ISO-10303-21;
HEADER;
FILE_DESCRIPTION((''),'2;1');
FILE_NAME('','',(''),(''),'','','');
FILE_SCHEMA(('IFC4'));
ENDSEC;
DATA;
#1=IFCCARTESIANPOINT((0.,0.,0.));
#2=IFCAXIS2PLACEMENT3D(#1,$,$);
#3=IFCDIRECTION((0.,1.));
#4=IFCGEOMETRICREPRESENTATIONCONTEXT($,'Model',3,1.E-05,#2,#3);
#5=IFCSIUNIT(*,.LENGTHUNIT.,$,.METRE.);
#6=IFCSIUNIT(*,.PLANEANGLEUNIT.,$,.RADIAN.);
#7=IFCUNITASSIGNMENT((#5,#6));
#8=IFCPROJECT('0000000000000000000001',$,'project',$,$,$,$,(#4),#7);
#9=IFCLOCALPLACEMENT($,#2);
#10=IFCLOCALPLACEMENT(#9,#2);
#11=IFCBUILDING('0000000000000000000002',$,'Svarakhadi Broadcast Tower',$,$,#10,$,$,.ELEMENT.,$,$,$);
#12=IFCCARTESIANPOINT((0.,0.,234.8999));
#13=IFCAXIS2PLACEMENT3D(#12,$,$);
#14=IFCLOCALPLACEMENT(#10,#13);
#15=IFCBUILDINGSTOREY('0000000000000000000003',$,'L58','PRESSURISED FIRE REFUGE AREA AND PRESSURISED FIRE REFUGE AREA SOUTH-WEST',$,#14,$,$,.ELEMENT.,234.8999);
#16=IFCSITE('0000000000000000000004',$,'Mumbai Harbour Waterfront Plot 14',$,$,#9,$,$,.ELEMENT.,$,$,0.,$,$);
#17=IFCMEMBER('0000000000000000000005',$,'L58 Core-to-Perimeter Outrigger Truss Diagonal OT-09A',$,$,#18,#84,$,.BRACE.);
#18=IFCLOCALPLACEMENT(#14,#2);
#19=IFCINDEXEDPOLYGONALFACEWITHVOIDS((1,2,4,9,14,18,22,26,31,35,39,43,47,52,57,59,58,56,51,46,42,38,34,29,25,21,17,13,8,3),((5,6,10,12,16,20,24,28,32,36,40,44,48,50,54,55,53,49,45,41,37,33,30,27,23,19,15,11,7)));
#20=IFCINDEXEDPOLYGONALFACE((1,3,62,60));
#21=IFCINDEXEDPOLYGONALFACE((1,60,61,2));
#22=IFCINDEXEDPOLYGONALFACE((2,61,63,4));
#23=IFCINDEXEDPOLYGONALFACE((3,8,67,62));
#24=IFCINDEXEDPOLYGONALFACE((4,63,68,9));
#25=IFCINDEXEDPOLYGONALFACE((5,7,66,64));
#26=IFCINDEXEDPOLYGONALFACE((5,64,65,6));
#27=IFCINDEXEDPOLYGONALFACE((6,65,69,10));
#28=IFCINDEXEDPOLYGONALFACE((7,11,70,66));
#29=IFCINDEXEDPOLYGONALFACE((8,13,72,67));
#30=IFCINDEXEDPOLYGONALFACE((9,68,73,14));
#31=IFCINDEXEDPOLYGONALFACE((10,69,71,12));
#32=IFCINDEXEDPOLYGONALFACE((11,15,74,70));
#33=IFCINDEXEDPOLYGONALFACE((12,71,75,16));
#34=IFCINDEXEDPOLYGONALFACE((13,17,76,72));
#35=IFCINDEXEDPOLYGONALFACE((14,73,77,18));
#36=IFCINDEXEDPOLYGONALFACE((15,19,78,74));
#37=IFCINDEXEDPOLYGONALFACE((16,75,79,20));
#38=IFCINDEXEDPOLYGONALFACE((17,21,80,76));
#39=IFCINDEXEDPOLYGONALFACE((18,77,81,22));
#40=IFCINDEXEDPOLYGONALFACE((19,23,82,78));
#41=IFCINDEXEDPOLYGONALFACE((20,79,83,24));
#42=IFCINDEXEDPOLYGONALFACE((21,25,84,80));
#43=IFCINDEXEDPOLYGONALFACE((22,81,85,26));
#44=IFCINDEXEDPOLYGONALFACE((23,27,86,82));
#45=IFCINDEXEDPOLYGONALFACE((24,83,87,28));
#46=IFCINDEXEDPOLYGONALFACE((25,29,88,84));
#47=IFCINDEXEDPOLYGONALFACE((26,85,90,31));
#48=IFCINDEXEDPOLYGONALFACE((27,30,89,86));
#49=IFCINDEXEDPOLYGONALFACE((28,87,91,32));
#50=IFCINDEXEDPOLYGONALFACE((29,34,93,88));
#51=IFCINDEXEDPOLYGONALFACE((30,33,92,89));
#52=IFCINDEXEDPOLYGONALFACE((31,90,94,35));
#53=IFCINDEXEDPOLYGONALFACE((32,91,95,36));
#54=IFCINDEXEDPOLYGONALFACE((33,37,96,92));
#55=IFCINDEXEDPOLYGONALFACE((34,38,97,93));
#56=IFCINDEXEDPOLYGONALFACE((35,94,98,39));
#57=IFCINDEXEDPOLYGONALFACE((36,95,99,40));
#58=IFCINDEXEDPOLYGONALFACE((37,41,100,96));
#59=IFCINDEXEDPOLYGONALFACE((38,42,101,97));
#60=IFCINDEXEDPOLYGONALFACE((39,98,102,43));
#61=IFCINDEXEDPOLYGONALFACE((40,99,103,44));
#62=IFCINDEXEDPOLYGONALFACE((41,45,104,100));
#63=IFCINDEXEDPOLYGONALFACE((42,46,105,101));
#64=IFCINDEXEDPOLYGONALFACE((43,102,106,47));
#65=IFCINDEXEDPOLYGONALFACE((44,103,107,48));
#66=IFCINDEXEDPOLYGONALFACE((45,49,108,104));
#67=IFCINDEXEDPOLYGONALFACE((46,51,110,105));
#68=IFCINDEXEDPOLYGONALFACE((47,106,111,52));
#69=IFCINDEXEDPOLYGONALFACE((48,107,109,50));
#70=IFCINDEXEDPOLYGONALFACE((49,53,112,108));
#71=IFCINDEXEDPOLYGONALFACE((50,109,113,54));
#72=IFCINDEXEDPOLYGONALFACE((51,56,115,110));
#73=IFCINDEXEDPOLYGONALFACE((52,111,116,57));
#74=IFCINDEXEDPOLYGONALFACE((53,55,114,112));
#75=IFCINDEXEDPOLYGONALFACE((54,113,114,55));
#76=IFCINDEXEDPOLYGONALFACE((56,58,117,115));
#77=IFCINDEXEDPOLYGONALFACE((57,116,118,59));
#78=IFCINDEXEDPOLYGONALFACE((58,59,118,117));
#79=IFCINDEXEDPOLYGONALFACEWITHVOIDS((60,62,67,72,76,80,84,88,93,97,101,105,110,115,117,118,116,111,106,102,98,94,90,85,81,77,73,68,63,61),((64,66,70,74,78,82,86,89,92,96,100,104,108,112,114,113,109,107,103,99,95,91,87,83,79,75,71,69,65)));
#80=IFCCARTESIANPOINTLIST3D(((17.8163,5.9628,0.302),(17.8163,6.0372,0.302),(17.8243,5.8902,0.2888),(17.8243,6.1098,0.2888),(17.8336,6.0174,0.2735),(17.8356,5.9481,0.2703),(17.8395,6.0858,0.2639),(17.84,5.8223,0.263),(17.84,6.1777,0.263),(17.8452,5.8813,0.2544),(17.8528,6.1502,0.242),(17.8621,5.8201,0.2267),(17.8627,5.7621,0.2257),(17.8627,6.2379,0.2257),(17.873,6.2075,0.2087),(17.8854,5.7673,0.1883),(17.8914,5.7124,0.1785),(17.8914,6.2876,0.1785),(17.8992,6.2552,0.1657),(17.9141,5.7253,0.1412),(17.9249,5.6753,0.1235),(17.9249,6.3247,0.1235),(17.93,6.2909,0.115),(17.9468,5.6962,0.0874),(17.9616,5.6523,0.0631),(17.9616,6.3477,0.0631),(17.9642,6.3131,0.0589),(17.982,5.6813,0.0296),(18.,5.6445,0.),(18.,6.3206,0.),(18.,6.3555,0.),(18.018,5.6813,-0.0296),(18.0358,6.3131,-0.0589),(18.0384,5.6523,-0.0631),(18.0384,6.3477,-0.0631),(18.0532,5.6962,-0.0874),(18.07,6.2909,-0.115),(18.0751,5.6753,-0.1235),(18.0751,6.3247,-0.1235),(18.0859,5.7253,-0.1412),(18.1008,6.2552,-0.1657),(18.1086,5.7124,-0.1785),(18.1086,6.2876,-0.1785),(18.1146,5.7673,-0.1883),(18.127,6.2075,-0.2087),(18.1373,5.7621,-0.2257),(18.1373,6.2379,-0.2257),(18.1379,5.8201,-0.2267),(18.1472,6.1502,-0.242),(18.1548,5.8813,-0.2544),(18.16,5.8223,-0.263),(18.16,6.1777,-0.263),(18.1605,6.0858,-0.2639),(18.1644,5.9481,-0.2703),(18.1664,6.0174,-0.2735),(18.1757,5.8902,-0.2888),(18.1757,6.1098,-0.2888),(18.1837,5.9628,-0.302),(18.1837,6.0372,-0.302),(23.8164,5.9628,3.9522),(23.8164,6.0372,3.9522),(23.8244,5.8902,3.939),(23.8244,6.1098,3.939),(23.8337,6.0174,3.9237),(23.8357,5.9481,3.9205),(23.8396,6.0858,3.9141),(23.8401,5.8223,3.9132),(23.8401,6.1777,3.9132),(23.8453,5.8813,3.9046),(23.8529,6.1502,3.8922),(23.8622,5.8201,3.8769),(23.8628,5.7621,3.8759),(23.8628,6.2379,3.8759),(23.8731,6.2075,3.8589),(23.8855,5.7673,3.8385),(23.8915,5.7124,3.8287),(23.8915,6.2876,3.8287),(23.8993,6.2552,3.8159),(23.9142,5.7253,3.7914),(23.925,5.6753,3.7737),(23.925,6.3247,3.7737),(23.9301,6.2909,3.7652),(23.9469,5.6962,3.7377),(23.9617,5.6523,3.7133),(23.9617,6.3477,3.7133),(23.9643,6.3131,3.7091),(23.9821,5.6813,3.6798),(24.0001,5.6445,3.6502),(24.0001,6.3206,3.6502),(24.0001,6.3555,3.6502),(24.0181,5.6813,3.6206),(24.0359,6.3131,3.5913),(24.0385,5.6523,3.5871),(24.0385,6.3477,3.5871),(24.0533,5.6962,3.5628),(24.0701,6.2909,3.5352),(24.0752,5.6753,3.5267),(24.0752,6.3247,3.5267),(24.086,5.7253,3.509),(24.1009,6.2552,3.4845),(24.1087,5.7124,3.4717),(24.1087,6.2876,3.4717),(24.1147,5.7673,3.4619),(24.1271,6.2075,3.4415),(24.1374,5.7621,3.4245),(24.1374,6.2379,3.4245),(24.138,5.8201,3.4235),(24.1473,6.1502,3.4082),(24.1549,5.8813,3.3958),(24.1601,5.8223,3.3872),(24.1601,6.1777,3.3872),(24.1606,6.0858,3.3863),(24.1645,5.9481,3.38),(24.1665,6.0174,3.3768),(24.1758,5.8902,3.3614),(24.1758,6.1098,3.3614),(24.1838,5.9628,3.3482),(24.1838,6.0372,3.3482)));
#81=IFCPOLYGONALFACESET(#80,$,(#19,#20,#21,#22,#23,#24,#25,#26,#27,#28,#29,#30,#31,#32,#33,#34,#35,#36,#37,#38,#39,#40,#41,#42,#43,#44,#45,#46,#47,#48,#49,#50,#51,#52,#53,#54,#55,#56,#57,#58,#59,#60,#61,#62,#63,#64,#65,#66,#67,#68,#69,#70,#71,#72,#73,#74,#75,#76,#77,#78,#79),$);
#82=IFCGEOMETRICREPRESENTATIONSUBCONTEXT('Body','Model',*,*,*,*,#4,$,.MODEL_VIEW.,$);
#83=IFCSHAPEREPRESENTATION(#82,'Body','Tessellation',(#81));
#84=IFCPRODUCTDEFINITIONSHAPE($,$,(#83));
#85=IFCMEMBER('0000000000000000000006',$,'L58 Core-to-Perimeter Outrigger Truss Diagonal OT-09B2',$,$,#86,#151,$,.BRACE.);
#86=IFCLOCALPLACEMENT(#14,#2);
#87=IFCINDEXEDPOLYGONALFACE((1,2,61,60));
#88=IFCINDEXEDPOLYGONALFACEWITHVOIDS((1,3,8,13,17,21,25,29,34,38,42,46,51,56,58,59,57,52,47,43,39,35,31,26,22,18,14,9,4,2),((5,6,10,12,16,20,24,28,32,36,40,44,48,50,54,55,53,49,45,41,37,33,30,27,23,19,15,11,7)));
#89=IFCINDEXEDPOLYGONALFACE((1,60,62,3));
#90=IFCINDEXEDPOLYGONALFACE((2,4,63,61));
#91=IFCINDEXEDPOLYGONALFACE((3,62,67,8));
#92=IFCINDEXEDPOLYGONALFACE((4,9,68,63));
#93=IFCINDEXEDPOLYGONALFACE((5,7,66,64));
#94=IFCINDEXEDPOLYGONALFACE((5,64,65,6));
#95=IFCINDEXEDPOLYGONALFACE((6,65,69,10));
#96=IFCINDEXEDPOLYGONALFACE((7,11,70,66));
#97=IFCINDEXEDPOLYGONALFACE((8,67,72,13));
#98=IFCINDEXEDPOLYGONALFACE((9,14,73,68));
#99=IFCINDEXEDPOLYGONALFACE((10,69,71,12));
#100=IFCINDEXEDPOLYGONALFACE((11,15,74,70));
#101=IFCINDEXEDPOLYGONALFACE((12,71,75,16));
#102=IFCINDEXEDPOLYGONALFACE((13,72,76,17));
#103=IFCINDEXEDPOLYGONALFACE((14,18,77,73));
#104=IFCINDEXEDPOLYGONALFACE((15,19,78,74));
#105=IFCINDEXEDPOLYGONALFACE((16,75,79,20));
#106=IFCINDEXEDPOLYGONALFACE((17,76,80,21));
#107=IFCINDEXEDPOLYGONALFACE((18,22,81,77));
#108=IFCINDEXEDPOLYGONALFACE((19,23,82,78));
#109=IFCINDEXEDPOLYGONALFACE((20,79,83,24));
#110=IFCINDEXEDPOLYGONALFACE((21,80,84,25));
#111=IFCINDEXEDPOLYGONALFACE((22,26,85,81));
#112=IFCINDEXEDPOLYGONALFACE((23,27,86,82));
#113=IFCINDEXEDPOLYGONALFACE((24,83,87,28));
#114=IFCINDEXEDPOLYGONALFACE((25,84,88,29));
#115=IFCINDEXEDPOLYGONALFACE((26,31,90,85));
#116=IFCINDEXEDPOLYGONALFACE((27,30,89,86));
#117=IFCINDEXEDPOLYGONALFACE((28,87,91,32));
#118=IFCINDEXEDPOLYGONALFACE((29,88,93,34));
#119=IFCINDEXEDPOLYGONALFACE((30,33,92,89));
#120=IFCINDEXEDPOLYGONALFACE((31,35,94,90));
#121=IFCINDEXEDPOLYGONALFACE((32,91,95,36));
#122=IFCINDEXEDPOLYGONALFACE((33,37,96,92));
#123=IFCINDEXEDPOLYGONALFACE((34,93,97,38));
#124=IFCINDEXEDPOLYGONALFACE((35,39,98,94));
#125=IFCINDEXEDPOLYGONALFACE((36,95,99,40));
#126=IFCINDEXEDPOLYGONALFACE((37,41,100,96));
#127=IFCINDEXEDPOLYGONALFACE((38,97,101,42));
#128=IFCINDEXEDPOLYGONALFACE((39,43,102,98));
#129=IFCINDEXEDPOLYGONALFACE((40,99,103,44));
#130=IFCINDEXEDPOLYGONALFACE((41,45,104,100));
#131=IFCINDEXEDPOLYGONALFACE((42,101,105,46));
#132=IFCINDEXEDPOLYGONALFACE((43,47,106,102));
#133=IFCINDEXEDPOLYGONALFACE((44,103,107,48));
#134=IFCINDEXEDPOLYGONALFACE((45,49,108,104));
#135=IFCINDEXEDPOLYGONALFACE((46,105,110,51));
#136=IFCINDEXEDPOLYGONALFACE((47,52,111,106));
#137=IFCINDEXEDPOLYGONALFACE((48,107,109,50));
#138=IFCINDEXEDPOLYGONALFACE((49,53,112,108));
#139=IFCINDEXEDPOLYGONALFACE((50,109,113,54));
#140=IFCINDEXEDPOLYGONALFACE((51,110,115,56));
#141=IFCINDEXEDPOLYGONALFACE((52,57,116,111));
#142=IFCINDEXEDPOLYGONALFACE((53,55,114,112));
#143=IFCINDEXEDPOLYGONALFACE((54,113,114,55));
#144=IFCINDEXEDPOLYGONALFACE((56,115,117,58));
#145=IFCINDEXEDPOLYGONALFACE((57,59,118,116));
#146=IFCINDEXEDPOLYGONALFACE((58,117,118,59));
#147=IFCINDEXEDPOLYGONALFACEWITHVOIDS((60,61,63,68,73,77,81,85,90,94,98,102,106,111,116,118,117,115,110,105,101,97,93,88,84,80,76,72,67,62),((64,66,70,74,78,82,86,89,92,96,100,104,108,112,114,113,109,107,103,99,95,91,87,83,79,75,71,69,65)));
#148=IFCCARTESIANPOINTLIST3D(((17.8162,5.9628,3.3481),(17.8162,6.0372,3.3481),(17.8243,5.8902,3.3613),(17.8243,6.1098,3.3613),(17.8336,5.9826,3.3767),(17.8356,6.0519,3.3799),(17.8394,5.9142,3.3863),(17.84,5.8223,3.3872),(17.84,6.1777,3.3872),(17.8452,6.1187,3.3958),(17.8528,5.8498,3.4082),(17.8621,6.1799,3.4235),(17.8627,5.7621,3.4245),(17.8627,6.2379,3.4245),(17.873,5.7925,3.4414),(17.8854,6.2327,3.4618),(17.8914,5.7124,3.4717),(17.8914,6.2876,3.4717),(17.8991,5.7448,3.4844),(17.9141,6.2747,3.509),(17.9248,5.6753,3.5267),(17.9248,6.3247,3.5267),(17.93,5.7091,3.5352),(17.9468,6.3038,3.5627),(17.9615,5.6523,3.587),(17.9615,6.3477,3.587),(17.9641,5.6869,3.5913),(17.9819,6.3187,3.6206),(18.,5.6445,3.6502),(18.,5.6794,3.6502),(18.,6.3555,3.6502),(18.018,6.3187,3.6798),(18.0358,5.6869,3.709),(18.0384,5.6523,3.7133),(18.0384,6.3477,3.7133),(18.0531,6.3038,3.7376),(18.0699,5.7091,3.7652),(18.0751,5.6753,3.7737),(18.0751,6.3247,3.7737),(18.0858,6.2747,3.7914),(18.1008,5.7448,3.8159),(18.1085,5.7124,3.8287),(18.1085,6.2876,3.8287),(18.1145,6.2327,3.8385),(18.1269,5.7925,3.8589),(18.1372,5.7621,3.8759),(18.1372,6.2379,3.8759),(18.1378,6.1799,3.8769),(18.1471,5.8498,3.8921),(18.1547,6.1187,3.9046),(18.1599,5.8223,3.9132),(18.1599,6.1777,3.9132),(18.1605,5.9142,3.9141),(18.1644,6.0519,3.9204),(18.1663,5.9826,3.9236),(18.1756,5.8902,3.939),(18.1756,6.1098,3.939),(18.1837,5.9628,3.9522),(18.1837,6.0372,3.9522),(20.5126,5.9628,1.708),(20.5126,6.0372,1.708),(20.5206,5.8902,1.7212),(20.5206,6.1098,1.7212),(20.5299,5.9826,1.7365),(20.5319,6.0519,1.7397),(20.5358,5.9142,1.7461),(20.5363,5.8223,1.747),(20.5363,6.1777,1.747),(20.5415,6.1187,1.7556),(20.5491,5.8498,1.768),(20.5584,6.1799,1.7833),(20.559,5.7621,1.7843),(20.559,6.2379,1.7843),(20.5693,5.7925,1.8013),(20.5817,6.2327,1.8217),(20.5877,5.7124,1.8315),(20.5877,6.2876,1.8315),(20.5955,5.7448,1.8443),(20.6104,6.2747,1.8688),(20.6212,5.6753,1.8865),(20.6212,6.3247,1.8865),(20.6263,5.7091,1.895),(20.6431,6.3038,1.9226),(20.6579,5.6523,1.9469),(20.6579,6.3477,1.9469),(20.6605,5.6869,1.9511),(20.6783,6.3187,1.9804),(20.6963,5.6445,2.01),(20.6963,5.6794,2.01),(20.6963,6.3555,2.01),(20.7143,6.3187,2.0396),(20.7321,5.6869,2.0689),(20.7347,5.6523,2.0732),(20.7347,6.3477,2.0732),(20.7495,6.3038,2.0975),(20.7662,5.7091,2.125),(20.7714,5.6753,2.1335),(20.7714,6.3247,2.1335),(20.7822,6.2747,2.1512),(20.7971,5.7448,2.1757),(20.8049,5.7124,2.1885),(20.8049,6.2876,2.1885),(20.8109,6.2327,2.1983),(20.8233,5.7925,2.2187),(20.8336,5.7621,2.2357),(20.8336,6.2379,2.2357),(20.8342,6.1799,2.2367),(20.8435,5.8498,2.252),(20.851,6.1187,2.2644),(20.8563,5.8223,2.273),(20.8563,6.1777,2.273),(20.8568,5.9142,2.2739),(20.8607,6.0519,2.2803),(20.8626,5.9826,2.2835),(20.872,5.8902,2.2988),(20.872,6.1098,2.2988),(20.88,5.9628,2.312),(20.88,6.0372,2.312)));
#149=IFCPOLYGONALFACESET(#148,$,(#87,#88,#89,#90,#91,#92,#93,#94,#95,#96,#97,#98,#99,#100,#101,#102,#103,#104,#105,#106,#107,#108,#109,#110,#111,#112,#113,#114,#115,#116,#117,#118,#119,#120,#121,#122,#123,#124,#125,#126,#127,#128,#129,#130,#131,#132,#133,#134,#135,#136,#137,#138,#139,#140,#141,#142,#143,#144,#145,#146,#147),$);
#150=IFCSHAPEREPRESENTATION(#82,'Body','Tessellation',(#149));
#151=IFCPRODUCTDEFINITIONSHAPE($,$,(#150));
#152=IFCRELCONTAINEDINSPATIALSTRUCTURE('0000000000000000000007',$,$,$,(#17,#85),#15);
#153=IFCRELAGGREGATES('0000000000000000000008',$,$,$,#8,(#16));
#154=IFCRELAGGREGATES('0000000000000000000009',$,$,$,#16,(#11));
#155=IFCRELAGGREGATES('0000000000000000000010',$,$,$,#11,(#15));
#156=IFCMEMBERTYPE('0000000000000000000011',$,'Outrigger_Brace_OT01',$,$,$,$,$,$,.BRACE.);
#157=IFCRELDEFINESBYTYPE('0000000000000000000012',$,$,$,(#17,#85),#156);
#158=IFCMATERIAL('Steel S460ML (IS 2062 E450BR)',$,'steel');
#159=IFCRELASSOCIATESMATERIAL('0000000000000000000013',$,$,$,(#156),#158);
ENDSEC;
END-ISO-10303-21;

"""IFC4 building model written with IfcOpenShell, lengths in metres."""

from ifc_helpers import new_model, si_unit, direction, frame, origin, origin_2d, place, context, subcontext, project, spatial, hollow_circle, extrude, material, material_profile, profile_set, type_object, element, save


model = new_model("IFC4")

# Units and contexts
model_context = context("Model", 3, precision=1e-05, world=origin(), true_north=direction((0.0, 1.0)))
body_context = subcontext(model_context, "Body", "Model", "MODEL_VIEW")
ifc_project = project(units=[si_unit("LENGTHUNIT", "METRE"), si_unit("PLANEANGLEUNIT", "RADIAN")], contexts=[model_context])

# Site, building, storey
site_placement = place(None, origin())
site = spatial("IfcSite", under=ifc_project, at=site_placement, Name="Mumbai Harbour Waterfront Plot 14", CompositionType="ELEMENT", RefElevation=0.0)
building_placement = place(site_placement, origin())
building = spatial("IfcBuilding", under=site, at=building_placement, Name="Svarakhadi Broadcast Tower", CompositionType="ELEMENT")
storey_placement = place(building_placement, frame((0.0, 0.0, 234.8999)))
storey = spatial("IfcBuildingStorey", under=building, at=storey_placement, Name="L58", Description="PRESSURISED FIRE REFUGE AREA AND PRESSURISED FIRE REFUGE AREA SOUTH-WEST", CompositionType="ELEMENT", Elevation=234.8999)

# Shared definitions
ifc_material_1 = material(Name="Steel S460ML (IS 2062 E450BR)", Category="steel")

# Members
ifc_material_profile_1 = material_profile(ifc_material_1, hollow_circle(Radius=0.3555, WallThickness=0.0349, at=origin_2d()), Name="CHS 711x35")
ifc_profile_set_1 = profile_set([ifc_material_profile_1], Name="Steel S460ML (IS 2062 E450BR)")
member_type_1 = type_object("IfcMemberType", Name="Outrigger_Brace_OT01", PredefinedType="BRACE", material=ifc_profile_set_1)
member_1_placement = place(storey_placement, frame((18.0, 6.0, 0.0), z_axis=(0.854327, 0.0, 0.519736), x_axis=(0.0, 1.0, 0.0)))
element("IfcMember", 1, at=member_1_placement, inside=storey, type_object=member_type_1, Name="L58 Core-to-Perimeter Outrigger Truss Diagonal OT-09A", PredefinedType="BRACE", context=body_context, shape_type="SweptSolid", body=[
    extrude(hollow_circle(Radius=0.3555, WallThickness=0.0349, at=origin_2d()), origin(), (0.0, 0.0, 1.0), 7.0232),
])
member_2_placement = place(storey_placement, frame((20.6963, 6.0, 2.01), z_axis=(-0.854351, 0.0, 0.519697), x_axis=(0.0, -1.0, 0.0)))
element("IfcMember", 2, at=member_2_placement, inside=storey, type_object=member_type_1, Name="L58 Core-to-Perimeter Outrigger Truss Diagonal OT-09B2", PredefinedType="BRACE", context=body_context, shape_type="SweptSolid", body=[
    extrude(hollow_circle(Radius=0.3555, WallThickness=0.0349, at=origin_2d()), origin(), (0.0, 0.0, 1.0), 3.156),
])

save(model, "model.ifc")
